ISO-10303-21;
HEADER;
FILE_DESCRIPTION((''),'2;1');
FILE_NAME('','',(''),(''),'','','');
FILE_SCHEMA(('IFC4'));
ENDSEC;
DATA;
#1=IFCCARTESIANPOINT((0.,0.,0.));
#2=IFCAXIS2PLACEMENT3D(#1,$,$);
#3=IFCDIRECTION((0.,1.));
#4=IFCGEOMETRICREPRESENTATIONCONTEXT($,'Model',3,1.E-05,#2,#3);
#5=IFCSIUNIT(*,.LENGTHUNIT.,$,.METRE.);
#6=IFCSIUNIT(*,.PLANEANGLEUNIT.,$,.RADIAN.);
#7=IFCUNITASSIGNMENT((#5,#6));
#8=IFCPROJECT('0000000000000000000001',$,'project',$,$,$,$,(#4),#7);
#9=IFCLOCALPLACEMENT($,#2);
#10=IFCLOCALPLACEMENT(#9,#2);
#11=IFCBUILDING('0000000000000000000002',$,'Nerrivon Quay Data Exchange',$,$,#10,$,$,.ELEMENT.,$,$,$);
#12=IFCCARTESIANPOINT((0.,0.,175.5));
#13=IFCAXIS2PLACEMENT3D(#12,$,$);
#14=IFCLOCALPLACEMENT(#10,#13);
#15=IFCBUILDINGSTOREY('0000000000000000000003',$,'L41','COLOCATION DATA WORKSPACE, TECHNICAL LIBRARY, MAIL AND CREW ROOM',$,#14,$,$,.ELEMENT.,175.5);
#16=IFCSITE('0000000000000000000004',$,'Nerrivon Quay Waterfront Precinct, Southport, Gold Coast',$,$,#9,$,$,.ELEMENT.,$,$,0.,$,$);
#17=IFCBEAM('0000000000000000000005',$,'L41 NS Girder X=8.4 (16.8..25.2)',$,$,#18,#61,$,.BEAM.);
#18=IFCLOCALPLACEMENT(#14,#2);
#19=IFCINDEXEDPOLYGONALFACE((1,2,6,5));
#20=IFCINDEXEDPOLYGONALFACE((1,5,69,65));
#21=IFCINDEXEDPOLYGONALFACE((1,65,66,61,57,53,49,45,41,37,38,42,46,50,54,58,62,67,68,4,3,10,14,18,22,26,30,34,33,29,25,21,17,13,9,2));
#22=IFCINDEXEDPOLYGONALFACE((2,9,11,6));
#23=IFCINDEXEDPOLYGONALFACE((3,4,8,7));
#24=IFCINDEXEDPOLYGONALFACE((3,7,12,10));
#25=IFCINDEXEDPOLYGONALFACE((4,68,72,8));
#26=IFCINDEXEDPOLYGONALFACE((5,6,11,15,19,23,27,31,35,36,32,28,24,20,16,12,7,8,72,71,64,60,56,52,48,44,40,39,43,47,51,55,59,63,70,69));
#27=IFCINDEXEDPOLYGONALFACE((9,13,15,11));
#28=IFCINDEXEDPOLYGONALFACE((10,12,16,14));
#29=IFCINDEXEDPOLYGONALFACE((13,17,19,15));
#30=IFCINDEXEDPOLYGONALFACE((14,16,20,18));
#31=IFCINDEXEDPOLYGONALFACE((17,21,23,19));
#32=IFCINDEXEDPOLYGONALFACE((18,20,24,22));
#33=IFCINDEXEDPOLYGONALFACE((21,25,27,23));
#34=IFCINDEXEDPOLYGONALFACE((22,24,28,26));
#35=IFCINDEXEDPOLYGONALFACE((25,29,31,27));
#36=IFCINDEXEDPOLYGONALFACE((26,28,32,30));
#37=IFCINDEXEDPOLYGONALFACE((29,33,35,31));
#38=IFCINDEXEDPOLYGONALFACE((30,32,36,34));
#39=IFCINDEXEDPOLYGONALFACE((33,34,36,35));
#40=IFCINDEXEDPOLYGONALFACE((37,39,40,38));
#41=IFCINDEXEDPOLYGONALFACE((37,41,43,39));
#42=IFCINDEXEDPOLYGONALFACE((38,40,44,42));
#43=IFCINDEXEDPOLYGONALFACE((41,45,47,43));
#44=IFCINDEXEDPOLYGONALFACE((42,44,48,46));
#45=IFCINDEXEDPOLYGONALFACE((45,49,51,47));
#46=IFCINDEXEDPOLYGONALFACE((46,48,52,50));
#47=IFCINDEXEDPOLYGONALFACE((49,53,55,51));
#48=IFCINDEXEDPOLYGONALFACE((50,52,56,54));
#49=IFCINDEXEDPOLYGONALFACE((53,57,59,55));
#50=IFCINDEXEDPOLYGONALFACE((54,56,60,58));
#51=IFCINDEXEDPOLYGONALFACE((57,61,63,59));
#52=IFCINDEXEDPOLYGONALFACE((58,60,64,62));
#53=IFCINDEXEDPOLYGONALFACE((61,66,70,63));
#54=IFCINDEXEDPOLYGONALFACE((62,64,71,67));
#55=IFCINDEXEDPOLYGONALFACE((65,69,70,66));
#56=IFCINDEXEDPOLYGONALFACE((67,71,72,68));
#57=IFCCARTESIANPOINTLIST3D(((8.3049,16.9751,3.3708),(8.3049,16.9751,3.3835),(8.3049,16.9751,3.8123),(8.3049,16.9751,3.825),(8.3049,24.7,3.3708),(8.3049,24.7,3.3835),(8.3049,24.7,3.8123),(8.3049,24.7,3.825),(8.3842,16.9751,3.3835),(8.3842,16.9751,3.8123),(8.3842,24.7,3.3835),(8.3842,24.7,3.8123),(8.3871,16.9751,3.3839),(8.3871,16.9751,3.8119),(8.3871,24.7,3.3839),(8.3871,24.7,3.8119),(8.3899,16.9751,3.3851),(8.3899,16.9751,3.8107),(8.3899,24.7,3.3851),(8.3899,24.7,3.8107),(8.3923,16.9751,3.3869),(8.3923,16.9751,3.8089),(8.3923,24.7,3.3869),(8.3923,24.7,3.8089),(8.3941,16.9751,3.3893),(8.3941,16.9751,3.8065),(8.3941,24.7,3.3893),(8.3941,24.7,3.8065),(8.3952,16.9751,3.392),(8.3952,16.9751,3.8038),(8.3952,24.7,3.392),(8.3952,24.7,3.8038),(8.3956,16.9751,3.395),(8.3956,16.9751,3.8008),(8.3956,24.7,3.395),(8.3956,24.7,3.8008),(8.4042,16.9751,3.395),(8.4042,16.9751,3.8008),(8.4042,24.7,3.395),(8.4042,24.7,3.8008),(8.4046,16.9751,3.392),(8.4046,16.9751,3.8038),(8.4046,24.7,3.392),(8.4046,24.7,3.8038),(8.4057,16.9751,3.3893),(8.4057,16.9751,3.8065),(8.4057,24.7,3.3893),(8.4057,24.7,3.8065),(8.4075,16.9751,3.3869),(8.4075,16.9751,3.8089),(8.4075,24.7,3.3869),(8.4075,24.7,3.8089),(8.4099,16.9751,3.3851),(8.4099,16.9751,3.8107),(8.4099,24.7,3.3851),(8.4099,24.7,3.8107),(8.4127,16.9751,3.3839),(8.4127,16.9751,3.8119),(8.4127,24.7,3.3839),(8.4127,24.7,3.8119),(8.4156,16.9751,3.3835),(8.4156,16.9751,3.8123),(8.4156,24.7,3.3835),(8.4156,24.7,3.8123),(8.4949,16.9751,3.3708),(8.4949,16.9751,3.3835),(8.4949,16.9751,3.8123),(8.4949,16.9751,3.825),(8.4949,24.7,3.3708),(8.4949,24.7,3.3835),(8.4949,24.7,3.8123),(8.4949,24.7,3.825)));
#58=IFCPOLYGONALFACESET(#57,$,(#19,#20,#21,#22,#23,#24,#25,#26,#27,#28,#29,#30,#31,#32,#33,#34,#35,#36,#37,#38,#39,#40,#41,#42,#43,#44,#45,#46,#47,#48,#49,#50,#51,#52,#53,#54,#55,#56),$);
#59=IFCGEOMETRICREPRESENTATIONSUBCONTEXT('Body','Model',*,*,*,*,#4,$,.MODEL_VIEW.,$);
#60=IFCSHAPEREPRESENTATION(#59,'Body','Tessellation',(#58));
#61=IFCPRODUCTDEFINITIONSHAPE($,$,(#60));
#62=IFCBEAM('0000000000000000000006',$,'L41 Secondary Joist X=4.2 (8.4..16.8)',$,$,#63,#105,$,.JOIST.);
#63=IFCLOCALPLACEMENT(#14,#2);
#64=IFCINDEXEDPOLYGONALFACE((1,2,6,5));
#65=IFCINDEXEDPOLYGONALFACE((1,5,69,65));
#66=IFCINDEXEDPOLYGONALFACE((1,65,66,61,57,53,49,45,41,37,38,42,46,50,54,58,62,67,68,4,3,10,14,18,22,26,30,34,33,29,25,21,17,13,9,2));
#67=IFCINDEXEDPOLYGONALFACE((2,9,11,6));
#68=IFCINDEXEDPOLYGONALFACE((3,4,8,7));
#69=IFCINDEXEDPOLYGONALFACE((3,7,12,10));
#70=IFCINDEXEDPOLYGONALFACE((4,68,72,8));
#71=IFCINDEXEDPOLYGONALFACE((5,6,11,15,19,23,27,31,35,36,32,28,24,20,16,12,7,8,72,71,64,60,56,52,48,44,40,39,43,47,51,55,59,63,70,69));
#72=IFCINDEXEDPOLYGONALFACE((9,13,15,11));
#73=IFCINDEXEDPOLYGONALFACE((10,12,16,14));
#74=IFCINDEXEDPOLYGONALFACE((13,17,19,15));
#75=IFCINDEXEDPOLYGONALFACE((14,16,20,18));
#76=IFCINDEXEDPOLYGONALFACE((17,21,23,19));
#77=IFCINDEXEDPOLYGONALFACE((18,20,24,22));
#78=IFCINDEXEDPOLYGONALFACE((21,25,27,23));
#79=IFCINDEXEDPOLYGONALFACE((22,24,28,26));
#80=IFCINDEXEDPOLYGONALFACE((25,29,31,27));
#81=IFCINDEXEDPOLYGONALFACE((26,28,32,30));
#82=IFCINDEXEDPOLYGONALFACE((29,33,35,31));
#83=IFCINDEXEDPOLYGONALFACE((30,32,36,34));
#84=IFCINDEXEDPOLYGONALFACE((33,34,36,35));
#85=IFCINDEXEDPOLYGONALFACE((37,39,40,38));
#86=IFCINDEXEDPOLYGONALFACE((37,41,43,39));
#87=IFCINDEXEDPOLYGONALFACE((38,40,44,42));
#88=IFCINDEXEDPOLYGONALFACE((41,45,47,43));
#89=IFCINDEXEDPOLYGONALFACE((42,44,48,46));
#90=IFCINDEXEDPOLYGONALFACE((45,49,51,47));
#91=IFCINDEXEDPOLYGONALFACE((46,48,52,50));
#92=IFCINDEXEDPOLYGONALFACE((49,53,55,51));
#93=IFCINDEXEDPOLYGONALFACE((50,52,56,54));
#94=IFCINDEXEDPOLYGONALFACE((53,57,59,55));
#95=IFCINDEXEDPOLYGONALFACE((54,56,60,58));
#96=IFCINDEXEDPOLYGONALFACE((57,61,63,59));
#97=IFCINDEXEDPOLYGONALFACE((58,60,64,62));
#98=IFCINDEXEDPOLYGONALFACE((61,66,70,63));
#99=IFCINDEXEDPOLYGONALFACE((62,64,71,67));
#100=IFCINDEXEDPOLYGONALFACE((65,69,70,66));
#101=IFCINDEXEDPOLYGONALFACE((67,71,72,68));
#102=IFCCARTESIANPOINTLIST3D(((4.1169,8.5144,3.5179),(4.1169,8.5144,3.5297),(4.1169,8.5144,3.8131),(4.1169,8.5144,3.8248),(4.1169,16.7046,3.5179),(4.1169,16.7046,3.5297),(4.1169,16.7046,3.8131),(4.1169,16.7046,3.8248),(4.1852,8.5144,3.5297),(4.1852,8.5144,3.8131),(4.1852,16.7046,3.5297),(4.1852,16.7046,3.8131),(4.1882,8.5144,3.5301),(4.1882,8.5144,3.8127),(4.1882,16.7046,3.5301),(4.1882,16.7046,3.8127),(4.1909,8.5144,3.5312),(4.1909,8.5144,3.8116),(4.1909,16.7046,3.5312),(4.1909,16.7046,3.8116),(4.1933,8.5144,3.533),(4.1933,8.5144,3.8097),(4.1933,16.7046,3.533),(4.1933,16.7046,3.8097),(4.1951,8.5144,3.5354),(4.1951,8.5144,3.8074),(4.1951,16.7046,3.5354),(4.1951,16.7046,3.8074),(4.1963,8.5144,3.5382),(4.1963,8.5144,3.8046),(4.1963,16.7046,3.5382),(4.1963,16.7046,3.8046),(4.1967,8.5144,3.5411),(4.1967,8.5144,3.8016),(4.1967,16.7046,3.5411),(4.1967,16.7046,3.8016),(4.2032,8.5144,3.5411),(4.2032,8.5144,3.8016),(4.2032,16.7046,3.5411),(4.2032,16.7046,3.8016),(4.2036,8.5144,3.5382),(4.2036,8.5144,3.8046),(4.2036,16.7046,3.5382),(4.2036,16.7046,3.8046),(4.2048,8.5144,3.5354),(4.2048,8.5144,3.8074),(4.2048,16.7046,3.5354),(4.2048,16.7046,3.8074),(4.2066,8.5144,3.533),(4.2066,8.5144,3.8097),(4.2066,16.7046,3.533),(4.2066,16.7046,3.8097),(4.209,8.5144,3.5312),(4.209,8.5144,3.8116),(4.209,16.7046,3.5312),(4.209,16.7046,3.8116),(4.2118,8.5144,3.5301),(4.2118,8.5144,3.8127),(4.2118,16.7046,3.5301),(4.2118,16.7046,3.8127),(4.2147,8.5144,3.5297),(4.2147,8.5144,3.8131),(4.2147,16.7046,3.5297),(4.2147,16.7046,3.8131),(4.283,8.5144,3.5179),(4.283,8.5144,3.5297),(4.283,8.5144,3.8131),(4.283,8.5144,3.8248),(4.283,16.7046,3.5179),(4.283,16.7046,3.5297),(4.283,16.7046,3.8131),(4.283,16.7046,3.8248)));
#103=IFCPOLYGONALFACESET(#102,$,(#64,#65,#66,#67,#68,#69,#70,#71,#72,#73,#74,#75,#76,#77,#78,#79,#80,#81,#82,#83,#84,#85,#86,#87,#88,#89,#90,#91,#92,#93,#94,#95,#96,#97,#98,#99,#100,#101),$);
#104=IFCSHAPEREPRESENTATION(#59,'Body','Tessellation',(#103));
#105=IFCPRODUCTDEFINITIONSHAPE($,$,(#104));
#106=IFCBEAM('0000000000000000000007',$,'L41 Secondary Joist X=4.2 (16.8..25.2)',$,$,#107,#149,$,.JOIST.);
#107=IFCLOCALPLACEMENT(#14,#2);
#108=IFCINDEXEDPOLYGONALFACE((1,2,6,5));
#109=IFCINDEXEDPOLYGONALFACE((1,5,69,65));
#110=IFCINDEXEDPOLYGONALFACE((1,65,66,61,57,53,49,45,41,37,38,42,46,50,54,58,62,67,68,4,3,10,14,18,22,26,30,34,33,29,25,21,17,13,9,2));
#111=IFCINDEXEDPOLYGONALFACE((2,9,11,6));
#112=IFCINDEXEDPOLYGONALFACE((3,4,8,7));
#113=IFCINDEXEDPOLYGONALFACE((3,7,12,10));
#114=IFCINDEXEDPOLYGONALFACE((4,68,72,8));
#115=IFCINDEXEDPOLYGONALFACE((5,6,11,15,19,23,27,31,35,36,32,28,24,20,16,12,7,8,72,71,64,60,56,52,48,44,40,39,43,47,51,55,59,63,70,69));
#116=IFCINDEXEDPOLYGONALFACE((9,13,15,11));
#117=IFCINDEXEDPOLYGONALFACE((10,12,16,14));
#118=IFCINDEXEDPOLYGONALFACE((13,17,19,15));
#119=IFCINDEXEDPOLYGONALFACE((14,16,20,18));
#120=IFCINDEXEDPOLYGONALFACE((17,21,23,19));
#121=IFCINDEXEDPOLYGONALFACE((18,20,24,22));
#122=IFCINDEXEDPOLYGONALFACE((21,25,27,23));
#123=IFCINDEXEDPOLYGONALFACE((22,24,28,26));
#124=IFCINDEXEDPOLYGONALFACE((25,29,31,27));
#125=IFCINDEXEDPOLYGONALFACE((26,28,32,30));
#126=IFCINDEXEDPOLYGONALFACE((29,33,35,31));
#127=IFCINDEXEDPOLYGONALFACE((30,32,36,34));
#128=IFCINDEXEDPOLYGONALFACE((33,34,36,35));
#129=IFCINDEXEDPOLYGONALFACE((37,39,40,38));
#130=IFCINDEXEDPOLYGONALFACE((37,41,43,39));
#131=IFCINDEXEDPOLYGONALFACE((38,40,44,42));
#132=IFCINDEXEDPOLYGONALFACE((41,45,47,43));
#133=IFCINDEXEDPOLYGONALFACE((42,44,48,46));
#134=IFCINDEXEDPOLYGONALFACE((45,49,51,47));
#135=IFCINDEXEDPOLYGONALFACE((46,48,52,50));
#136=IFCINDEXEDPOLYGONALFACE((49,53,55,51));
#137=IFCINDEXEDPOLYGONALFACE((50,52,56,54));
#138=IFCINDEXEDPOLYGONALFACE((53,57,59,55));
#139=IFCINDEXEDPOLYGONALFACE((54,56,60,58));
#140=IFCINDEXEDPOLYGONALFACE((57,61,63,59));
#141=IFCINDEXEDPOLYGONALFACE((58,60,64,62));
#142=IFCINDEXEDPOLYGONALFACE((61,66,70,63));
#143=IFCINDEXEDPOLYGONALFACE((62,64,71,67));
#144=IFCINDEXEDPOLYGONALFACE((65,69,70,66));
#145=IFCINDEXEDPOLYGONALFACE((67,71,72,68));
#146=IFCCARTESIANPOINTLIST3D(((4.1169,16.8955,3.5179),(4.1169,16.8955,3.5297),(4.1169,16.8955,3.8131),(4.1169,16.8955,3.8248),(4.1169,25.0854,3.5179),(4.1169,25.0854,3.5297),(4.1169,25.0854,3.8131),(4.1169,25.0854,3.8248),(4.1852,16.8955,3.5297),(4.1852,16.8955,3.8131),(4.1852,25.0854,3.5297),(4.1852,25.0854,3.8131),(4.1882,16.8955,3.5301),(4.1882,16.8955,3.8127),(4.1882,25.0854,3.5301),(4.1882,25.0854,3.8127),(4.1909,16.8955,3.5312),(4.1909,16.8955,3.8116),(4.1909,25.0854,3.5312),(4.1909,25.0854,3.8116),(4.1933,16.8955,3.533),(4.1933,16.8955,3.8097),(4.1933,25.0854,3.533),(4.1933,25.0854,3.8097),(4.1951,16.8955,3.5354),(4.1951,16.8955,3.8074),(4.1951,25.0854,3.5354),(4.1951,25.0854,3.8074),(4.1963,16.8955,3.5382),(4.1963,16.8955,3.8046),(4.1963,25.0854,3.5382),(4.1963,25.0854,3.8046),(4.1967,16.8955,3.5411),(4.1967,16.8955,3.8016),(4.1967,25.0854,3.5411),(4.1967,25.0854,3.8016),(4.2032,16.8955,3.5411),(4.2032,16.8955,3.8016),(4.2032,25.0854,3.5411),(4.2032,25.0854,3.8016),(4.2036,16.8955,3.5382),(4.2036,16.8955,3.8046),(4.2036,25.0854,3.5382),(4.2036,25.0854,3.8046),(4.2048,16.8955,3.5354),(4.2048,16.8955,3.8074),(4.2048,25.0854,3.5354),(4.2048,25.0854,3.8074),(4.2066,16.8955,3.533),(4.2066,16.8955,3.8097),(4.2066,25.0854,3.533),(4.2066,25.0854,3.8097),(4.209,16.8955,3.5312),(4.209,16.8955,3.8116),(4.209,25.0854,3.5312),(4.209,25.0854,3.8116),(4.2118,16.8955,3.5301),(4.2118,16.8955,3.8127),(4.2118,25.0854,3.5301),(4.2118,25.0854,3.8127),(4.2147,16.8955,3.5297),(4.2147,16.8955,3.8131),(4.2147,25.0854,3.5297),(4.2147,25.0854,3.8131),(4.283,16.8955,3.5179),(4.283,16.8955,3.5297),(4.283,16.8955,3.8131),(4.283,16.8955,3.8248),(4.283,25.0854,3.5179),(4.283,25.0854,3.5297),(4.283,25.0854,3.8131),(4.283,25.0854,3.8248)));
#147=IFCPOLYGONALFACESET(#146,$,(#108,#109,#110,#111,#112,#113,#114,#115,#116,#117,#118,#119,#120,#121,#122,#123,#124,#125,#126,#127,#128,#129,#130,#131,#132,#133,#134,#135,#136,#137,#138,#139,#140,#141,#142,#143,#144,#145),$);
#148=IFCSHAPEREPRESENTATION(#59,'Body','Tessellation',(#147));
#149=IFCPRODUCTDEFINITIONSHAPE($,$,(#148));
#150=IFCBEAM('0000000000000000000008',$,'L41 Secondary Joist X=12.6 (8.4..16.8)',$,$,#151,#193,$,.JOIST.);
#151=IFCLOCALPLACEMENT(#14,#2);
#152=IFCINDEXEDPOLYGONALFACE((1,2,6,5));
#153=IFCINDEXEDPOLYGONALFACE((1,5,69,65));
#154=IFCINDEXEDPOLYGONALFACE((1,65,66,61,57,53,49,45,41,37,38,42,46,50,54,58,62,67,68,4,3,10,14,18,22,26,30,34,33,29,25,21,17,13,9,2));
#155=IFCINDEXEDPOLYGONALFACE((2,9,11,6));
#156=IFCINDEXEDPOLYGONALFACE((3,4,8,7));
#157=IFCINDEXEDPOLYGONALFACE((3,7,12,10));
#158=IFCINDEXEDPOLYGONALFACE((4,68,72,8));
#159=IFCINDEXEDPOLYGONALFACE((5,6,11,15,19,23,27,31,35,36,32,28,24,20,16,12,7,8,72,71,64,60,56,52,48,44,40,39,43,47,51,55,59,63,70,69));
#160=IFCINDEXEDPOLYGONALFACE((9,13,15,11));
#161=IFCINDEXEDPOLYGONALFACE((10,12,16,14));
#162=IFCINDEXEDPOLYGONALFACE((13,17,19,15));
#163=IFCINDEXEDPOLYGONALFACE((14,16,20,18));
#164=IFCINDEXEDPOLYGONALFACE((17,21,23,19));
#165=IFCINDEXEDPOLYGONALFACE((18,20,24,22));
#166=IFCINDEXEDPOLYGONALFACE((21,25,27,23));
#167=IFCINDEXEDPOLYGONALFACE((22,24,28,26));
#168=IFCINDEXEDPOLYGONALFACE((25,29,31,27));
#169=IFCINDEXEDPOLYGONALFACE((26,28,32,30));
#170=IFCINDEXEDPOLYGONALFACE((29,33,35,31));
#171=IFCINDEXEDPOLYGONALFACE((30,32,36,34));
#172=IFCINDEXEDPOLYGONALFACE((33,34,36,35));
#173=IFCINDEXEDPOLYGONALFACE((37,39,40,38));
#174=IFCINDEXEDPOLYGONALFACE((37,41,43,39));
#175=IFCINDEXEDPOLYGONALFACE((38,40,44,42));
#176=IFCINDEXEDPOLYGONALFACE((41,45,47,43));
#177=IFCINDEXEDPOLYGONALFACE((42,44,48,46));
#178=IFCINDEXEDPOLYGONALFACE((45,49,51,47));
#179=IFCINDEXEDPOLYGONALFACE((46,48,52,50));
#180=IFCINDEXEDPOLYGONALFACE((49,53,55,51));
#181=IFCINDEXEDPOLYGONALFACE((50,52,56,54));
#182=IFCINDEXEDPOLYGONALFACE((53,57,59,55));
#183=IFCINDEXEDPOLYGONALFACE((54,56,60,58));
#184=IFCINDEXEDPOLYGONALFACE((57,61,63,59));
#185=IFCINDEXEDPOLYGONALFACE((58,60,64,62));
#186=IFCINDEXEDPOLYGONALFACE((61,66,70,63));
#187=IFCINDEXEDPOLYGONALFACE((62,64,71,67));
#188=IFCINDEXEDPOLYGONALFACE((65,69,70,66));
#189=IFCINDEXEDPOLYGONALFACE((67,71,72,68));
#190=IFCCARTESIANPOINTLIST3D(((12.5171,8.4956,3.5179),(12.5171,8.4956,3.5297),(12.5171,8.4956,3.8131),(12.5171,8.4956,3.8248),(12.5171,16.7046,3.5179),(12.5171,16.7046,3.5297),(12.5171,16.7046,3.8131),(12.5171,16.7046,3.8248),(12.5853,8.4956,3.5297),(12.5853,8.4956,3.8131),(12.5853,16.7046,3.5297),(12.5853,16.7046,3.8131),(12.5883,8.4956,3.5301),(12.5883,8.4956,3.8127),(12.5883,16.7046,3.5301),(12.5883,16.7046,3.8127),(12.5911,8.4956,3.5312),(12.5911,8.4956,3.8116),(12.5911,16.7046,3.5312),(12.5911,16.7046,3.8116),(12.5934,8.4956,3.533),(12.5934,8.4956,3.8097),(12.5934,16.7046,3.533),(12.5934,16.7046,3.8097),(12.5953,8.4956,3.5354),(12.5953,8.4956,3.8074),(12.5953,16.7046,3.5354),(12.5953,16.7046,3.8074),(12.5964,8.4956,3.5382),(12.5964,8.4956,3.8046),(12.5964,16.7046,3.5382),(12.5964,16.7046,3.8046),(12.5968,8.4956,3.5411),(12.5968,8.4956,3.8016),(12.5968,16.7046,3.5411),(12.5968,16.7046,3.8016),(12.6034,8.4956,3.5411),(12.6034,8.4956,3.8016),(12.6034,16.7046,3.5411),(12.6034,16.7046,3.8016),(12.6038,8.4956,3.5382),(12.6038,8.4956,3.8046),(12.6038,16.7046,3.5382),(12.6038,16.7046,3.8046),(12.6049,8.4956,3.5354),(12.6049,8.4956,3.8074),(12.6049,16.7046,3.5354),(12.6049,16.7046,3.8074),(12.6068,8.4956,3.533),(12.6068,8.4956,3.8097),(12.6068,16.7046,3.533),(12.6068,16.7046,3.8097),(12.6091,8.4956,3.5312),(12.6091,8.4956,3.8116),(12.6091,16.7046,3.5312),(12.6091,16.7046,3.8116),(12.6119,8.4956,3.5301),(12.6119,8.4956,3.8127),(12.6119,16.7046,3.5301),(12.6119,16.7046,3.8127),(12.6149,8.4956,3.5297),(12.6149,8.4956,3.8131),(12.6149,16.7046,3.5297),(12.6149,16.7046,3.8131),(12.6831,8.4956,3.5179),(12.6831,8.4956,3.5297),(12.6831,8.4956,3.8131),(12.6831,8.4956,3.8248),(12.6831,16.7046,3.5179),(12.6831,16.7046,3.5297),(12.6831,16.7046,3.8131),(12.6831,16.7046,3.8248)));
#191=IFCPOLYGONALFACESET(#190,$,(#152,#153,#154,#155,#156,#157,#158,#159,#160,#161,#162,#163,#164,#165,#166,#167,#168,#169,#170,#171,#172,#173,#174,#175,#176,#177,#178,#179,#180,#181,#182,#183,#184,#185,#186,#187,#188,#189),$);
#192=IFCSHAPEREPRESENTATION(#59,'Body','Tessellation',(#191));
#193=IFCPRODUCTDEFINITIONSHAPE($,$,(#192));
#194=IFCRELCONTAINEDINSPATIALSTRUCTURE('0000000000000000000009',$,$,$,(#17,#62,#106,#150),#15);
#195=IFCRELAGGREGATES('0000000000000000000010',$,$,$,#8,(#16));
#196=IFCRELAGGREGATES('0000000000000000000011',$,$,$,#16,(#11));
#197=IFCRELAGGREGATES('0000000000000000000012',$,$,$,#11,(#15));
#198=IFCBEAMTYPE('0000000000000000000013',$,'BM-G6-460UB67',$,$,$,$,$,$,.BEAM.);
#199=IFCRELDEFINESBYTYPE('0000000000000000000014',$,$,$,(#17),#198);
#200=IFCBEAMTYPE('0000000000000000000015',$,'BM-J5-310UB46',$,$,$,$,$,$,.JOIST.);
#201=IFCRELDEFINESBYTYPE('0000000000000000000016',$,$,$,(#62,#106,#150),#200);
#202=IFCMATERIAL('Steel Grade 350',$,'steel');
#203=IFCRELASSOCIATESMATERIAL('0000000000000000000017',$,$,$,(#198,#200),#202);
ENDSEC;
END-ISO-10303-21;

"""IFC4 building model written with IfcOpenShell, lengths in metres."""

from ifc_helpers import new_model, si_unit, direction, frame, origin, origin_2d, place, context, subcontext, project, spatial, i_section, extrude, material, material_profile, profile_set, type_object, element, save


model = new_model("IFC4")

# Units and contexts
model_context = context("Model", 3, precision=1e-05, world=origin(), true_north=direction((0.0, 1.0)))
body_context = subcontext(model_context, "Body", "Model", "MODEL_VIEW")
ifc_project = project(units=[si_unit("LENGTHUNIT", "METRE"), si_unit("PLANEANGLEUNIT", "RADIAN")], contexts=[model_context])

# Site, building, storey
site_placement = place(None, origin())
site = spatial("IfcSite", under=ifc_project, at=site_placement, Name="Nerrivon Quay Waterfront Precinct, Southport, Gold Coast", CompositionType="ELEMENT", RefElevation=0.0)
building_placement = place(site_placement, origin())
building = spatial("IfcBuilding", under=site, at=building_placement, Name="Nerrivon Quay Data Exchange", CompositionType="ELEMENT")
storey_placement = place(building_placement, frame((0.0, 0.0, 175.5)))
storey = spatial("IfcBuildingStorey", under=building, at=storey_placement, Name="L41", Description="COLOCATION DATA WORKSPACE, TECHNICAL LIBRARY, MAIL AND CREW ROOM", CompositionType="ELEMENT", Elevation=175.5)

# Shared definitions
ifc_material_1 = material(Name="Steel Grade 350", Category="steel")

# Beams
ifc_material_profile_1 = material_profile(ifc_material_1, i_section(OverallWidth=0.1899, OverallDepth=0.4541, WebThickness=0.0085, FlangeThickness=0.0127, FilletRadius=0.0115, at=origin_2d()), Name="460UB67.1")
ifc_profile_set_1 = profile_set([ifc_material_profile_1], Name="Steel Grade 350")
beam_type_1 = type_object("IfcBeamType", Name="BM-G6-460UB67", PredefinedType="BEAM", material=ifc_profile_set_1)
beam_1_placement = place(storey_placement, frame((8.3999, 16.9751, 3.5979), z_axis=(0.0, 1.0, 0.0), x_axis=(-1.0, 0.0, 0.0)))
element("IfcBeam", 1, at=beam_1_placement, inside=storey, type_object=beam_type_1, Name="L41 NS Girder X=8.4 (16.8..25.2)", PredefinedType="BEAM", context=body_context, shape_type="SweptSolid", body=[
    extrude(i_section(OverallWidth=0.1899, OverallDepth=0.4541, WebThickness=0.0085, FlangeThickness=0.0127, FilletRadius=0.0115, at=origin_2d()), origin(), (0.0, 0.0, 1.0), 7.7249),
])
ifc_material_profile_2 = material_profile(ifc_material_1, i_section(OverallWidth=0.166, OverallDepth=0.3069, WebThickness=0.0066, FlangeThickness=0.0117, FilletRadius=0.0115, at=origin_2d()), Name="310UB46.2")
ifc_profile_set_2 = profile_set([ifc_material_profile_2], Name="Steel Grade 350")
beam_type_2 = type_object("IfcBeamType", Name="BM-J5-310UB46", PredefinedType="JOIST", material=ifc_profile_set_2)
beam_2_placement = place(storey_placement, frame((4.2, 8.5144, 3.6714), z_axis=(0.0, 1.0, 0.0), x_axis=(-1.0, 0.0, 0.0)))
element("IfcBeam", 2, at=beam_2_placement, inside=storey, type_object=beam_type_2, Name="L41 Secondary Joist X=4.2 (8.4..16.8)", PredefinedType="JOIST", context=body_context, shape_type="SweptSolid", body=[
    extrude(i_section(OverallWidth=0.166, OverallDepth=0.3069, WebThickness=0.0066, FlangeThickness=0.0117, FilletRadius=0.0115, at=origin_2d()), origin(), (0.0, 0.0, 1.0), 8.1902),
])
beam_3_placement = place(storey_placement, frame((4.2, 16.8955, 3.6714), z_axis=(0.0, 1.0, 0.0), x_axis=(-1.0, 0.0, 0.0)))
element("IfcBeam", 3, at=beam_3_placement, inside=storey, type_object=beam_type_2, Name="L41 Secondary Joist X=4.2 (16.8..25.2)", PredefinedType="JOIST", context=body_context, shape_type="SweptSolid", body=[
    extrude(i_section(OverallWidth=0.166, OverallDepth=0.3069, WebThickness=0.0066, FlangeThickness=0.0117, FilletRadius=0.0115, at=origin_2d()), origin(), (0.0, 0.0, 1.0), 8.1899),
])
beam_4_placement = place(storey_placement, frame((12.6001, 8.4956, 3.6714), z_axis=(0.0, 1.0, 0.0), x_axis=(-1.0, 0.0, 0.0)))
element("IfcBeam", 4, at=beam_4_placement, inside=storey, type_object=beam_type_2, Name="L41 Secondary Joist X=12.6 (8.4..16.8)", PredefinedType="JOIST", context=body_context, shape_type="SweptSolid", body=[
    extrude(i_section(OverallWidth=0.166, OverallDepth=0.3069, WebThickness=0.0066, FlangeThickness=0.0117, FilletRadius=0.0115, at=origin_2d()), origin(), (0.0, 0.0, 1.0), 8.209),
])

save(model, "model.ifc")
